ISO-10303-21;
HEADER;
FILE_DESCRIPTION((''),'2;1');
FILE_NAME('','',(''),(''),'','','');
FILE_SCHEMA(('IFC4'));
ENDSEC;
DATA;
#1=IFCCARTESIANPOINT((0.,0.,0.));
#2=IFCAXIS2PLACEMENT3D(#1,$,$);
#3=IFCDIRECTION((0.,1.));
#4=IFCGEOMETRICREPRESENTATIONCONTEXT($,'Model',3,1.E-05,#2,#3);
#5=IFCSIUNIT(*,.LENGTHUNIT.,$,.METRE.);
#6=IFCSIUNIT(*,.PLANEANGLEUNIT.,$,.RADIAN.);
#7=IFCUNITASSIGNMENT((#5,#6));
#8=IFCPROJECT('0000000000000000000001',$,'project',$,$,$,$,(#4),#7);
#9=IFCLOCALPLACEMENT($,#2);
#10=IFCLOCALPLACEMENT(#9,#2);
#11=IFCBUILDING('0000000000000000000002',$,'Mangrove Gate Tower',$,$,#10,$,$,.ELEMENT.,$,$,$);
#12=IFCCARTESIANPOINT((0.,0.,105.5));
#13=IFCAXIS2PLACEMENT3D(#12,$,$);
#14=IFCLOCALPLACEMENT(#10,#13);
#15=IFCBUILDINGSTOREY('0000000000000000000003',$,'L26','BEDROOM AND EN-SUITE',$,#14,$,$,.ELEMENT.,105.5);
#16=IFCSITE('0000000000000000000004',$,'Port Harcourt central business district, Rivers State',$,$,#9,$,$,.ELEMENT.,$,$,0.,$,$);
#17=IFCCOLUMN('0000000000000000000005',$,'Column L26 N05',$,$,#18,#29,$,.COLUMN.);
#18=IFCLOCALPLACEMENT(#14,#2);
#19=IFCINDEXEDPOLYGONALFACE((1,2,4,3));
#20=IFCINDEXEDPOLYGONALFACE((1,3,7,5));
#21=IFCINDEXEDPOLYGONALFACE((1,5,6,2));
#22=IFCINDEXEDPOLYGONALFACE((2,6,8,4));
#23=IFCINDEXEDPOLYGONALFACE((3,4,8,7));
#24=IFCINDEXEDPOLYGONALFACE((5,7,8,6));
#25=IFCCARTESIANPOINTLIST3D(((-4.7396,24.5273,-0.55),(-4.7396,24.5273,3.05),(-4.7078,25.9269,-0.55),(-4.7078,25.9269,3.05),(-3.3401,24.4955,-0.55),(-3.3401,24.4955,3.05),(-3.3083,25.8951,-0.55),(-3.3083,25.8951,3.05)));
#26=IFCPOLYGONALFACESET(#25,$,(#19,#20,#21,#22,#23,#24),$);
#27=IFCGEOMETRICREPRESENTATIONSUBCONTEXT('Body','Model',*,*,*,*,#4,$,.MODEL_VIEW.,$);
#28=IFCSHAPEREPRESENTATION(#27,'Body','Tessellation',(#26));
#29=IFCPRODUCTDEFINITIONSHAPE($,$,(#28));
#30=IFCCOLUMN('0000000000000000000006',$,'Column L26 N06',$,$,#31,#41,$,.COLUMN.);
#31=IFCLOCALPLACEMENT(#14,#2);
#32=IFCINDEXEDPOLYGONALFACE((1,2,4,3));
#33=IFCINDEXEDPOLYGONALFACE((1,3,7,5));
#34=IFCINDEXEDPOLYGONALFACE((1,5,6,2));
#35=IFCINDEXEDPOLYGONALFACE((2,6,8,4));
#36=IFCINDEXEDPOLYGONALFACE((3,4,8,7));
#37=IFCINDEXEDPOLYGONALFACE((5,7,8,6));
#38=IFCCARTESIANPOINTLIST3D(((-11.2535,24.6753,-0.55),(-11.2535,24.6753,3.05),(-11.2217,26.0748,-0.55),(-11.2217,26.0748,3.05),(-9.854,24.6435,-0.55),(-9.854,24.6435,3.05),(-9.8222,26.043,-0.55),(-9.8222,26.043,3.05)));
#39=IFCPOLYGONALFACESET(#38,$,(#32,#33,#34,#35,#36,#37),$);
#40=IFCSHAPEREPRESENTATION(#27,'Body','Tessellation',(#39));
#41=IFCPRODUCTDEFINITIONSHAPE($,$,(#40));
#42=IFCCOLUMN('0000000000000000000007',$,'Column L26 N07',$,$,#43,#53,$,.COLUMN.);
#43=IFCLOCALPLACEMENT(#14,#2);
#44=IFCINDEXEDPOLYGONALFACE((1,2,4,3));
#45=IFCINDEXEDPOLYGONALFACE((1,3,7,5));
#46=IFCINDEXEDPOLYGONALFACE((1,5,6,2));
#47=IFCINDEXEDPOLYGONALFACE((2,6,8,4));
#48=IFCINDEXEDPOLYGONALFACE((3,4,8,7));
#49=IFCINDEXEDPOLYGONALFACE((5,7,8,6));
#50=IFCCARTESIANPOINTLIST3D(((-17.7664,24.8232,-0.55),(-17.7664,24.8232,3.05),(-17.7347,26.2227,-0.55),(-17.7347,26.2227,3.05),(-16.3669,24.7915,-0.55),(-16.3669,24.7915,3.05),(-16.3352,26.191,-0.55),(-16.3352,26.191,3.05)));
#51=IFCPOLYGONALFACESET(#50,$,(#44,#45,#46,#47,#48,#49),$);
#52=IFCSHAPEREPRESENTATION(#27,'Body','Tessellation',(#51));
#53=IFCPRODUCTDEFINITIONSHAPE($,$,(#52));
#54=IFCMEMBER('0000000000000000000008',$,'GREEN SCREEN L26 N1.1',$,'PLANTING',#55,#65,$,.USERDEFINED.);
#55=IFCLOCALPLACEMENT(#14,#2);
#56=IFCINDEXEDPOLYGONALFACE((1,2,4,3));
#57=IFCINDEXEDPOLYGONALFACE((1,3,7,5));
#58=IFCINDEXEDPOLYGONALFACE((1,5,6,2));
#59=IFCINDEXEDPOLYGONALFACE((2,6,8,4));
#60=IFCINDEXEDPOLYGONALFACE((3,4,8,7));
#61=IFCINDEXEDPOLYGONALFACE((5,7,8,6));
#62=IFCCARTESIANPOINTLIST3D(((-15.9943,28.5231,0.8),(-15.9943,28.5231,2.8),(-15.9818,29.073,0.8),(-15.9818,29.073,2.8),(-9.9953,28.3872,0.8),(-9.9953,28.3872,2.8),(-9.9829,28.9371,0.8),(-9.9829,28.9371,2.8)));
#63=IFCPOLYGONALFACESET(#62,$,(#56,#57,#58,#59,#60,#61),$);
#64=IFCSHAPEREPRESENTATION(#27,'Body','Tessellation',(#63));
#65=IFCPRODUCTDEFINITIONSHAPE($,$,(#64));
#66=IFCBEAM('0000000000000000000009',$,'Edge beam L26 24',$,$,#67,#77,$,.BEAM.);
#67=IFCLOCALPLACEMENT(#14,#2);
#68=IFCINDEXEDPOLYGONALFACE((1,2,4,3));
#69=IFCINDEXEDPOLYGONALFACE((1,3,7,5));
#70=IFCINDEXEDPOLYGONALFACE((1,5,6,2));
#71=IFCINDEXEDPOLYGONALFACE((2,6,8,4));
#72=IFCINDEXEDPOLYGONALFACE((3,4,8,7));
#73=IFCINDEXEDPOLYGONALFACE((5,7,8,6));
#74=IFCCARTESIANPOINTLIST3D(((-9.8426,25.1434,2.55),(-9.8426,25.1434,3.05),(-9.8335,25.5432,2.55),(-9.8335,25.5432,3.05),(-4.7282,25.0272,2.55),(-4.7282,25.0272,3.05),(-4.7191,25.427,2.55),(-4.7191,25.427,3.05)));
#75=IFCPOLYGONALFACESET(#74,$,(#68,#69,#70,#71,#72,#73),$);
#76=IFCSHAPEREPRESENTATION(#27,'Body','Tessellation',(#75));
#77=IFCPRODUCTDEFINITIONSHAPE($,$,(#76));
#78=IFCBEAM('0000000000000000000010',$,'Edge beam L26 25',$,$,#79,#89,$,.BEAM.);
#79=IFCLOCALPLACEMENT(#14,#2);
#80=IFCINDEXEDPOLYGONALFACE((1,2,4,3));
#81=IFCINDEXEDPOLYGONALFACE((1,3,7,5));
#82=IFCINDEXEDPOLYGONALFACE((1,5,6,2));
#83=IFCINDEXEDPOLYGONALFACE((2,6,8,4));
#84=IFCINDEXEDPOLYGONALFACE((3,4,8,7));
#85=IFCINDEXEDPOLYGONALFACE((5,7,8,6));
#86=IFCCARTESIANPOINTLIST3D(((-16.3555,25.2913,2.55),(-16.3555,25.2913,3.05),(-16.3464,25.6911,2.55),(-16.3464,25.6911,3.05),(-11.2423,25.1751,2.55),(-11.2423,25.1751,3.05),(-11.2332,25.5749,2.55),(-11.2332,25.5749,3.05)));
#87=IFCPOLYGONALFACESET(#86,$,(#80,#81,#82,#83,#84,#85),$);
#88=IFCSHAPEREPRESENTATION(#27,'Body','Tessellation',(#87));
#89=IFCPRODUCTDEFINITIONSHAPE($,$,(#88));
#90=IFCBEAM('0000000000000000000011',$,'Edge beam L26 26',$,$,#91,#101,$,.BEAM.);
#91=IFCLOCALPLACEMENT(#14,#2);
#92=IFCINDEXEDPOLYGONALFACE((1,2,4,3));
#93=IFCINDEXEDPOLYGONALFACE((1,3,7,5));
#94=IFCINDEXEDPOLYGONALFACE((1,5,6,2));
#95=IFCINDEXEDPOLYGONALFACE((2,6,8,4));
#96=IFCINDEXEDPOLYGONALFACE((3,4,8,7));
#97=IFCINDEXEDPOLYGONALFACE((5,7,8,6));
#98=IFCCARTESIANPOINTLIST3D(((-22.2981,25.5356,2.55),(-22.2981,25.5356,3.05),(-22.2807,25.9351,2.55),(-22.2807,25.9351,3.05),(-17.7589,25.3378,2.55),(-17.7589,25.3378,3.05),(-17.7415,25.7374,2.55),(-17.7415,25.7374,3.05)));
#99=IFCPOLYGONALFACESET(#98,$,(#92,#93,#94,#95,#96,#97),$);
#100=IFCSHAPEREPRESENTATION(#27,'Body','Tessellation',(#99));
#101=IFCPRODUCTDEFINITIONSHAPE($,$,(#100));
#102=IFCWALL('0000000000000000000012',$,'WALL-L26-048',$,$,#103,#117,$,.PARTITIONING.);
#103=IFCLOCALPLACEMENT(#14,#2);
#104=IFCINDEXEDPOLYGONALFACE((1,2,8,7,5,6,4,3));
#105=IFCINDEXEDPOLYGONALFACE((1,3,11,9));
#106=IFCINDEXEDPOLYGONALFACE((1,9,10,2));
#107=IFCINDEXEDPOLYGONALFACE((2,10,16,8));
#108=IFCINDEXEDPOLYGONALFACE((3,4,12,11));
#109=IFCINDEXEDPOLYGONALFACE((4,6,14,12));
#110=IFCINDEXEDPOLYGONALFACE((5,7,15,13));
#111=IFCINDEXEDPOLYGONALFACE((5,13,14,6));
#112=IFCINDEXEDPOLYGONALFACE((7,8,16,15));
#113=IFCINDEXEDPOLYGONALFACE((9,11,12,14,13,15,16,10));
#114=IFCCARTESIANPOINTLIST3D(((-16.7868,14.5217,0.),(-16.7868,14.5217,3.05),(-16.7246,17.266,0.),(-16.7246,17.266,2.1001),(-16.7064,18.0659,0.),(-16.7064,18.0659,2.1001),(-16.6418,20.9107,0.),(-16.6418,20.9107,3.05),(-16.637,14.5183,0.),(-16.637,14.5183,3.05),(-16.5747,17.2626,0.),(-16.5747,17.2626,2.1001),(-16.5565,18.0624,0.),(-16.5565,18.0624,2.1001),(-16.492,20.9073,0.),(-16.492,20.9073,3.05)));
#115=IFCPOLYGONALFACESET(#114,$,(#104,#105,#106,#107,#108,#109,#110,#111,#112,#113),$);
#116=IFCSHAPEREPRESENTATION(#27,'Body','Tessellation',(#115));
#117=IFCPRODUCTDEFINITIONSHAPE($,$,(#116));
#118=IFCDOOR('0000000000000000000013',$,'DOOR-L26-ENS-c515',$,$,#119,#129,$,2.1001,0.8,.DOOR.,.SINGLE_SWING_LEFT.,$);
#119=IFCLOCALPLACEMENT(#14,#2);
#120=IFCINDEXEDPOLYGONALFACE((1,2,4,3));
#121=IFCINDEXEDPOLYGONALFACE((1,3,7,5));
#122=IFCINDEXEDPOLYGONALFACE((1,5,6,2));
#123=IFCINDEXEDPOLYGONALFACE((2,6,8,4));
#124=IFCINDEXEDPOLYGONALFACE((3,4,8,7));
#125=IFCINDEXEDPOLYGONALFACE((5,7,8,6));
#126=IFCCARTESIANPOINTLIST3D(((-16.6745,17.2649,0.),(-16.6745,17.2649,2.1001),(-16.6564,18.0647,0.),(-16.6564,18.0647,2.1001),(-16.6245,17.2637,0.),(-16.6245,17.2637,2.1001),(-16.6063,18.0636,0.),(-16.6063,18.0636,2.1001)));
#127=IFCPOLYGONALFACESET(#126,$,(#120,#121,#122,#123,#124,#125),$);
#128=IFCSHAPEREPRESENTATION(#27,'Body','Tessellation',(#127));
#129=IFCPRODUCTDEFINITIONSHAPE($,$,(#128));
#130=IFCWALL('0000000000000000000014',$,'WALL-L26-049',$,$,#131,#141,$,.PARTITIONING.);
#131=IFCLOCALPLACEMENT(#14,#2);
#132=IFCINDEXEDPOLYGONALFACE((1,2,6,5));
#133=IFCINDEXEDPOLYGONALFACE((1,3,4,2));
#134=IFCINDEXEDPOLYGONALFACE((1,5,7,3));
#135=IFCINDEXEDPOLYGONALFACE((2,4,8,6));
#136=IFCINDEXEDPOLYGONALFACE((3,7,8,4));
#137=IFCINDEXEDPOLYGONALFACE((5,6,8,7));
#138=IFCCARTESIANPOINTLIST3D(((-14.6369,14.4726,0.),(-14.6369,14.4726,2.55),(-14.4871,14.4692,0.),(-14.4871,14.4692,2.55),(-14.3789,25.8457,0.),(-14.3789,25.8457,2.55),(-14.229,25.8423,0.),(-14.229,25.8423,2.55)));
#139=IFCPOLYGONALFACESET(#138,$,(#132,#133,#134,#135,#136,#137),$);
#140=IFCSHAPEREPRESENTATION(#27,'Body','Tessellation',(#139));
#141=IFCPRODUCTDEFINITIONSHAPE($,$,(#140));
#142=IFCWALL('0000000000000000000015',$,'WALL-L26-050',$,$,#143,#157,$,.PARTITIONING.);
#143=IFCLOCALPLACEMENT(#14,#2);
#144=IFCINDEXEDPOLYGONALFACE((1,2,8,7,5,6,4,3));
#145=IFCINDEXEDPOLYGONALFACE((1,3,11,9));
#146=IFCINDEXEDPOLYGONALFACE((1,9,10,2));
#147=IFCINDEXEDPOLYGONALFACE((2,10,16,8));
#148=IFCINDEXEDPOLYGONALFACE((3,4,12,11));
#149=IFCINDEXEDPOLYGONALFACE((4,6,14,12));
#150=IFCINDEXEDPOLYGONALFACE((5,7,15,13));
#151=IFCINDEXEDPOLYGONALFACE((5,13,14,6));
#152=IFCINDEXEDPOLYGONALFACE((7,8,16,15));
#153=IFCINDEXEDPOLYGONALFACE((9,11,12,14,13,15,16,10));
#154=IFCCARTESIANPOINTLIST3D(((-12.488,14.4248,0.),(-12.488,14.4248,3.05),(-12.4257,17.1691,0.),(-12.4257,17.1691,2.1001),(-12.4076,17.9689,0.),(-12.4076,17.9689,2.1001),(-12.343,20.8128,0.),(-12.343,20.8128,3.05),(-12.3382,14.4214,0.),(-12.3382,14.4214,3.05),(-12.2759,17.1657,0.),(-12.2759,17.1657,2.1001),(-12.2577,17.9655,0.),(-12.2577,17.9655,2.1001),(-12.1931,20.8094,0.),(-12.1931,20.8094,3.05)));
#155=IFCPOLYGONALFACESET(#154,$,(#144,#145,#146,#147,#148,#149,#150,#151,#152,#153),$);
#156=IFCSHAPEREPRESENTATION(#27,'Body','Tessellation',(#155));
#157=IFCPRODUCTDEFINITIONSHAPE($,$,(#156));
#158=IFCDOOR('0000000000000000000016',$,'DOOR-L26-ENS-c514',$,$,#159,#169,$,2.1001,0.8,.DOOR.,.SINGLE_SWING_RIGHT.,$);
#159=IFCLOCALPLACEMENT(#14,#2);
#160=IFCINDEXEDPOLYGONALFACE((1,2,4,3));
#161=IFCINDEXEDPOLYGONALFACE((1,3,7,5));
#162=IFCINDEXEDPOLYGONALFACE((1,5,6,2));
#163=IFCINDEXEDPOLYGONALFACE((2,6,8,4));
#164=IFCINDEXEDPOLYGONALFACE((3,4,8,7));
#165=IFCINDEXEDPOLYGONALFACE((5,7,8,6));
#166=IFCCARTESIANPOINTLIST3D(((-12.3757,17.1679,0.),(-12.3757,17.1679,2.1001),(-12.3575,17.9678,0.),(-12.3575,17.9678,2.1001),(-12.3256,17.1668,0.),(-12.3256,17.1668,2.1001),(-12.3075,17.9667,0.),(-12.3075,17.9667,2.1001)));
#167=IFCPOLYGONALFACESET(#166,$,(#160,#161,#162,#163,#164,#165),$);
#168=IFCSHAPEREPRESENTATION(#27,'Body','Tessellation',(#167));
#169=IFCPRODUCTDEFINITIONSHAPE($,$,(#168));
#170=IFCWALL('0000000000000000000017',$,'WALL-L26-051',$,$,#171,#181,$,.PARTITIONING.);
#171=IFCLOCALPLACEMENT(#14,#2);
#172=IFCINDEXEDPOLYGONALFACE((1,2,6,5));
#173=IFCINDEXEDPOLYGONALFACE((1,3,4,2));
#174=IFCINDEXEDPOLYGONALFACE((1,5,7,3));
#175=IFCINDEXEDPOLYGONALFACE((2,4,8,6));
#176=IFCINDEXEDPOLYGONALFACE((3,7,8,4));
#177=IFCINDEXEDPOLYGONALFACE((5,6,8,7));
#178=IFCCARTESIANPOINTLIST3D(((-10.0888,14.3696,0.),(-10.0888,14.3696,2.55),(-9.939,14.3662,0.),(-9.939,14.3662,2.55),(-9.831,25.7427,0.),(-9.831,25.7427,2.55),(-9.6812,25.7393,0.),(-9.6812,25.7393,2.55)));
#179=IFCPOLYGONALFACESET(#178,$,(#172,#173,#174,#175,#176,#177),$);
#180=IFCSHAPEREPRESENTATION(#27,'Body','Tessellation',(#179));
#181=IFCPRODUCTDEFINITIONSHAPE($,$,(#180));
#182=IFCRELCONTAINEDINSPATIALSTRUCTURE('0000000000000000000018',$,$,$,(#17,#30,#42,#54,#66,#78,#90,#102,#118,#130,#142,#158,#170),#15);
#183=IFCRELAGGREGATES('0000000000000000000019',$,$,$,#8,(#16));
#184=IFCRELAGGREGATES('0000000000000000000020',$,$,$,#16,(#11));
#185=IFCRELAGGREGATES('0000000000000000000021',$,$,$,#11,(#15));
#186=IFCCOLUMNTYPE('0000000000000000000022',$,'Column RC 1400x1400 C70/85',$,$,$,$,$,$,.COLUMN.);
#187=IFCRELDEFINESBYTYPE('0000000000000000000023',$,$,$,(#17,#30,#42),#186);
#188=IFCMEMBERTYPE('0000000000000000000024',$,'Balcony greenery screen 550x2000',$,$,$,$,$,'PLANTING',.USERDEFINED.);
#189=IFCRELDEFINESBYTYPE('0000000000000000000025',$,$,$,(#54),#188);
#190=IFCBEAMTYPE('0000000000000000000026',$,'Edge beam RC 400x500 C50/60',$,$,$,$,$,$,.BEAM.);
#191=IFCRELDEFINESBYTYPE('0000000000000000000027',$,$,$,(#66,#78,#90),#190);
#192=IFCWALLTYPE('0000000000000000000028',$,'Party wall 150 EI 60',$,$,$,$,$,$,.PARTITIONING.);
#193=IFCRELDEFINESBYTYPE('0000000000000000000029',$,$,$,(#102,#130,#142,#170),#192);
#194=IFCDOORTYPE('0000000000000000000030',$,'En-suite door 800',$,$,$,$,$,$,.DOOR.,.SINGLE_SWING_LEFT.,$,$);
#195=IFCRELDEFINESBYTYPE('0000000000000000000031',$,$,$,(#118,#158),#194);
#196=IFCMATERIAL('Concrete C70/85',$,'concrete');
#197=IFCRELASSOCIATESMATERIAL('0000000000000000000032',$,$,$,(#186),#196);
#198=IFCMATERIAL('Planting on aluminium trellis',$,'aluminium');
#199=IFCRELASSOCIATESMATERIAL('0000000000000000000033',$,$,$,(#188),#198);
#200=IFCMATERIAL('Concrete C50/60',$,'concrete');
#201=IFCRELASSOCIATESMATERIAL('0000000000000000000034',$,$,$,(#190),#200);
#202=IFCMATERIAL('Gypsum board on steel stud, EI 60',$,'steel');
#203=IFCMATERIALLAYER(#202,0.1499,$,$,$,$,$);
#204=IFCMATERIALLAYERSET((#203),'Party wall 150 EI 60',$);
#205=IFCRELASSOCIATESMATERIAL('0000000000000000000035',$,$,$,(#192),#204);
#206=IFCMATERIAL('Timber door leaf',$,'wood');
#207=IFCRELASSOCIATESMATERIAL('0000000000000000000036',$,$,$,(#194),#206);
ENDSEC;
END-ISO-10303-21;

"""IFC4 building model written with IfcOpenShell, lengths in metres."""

from ifc_helpers import new_model, si_unit, direction, frame, frame_2d, origin, origin_2d, place, context, subcontext, project, spatial, rectangle, extrude, material, layer, layer_set, material_profile, profile_set, type_object, element, fill, save


model = new_model("IFC4")

# Units and contexts
model_context = context("Model", 3, precision=1e-05, world=origin(), true_north=direction((0.0, 1.0)))
body_context = subcontext(model_context, "Body", "Model", "MODEL_VIEW")
ifc_project = project(units=[si_unit("LENGTHUNIT", "METRE"), si_unit("PLANEANGLEUNIT", "RADIAN")], contexts=[model_context])

# Site, building, storey
site_placement = place(None, origin())
site = spatial("IfcSite", under=ifc_project, at=site_placement, Name="Port Harcourt central business district, Rivers State", CompositionType="ELEMENT", RefElevation=0.0)
building_placement = place(site_placement, origin())
building = spatial("IfcBuilding", under=site, at=building_placement, Name="Mangrove Gate Tower", CompositionType="ELEMENT")
storey_placement = place(building_placement, frame((0.0, 0.0, 105.5)))
storey = spatial("IfcBuildingStorey", under=building, at=storey_placement, Name="L26", Description="BEDROOM AND EN-SUITE", CompositionType="ELEMENT", Elevation=105.5)

# Columns
ifc_material_1 = material(Name="Concrete C70/85", Category="concrete")
ifc_material_profile_1 = material_profile(ifc_material_1, rectangle(XDim=1.3999, YDim=1.3999, at=origin_2d()))
ifc_profile_set_1 = profile_set([ifc_material_profile_1], Name="Concrete C70/85")
column_type = type_object("IfcColumnType", Name="Column RC 1400x1400 C70/85", PredefinedType="COLUMN", material=ifc_profile_set_1)
for number, where, z_axis, x_axis, name in (
    (1, (-4.0239, 25.2112, -0.55), (0.0, 0.0, 1.0), (-0.999742, 0.022714, 0.0), "Column L26 N05"),
    (2, (-10.5378, 25.3591, -0.55), (0.0, 0.0, 1.0), (-0.999742, 0.022716, 0.0), "Column L26 N06"),
    (3, (-17.0508, 25.5071, -0.55), (0.0, 0.0, 1.0), (-0.999744, 0.022639, 0.0), "Column L26 N07"),
):
    element("IfcColumn", number, at=place(storey_placement, frame(where, z_axis=z_axis, x_axis=x_axis)), inside=storey, type_object=column_type, Name=name, PredefinedType="COLUMN", context=body_context, shape_type="SweptSolid", body=[
        extrude(rectangle(XDim=1.3999, YDim=1.3999, at=origin_2d()), origin(), (0.0, 0.0, 1.0), 3.6001),
    ])

# Member
ifc_material_2 = material(Name="Planting on aluminium trellis", Category="aluminium")
ifc_material_profile_2 = material_profile(ifc_material_2, rectangle(XDim=0.55, YDim=2.0, at=origin_2d()))
ifc_profile_set_2 = profile_set([ifc_material_profile_2], Name="Planting on aluminium trellis")
member_type = type_object("IfcMemberType", Name="Balcony greenery screen 550x2000", ElementType="PLANTING", PredefinedType="USERDEFINED", material=ifc_profile_set_2)
member_placement = place(storey_placement, frame((-15.988, 28.7981, 1.8), z_axis=(0.999743, -0.022662, 0.0), x_axis=(0.022662, 0.999743, 0.0)))
element("IfcMember", 4, at=member_placement, inside=storey, type_object=member_type, Name="GREEN SCREEN L26 N1.1", ObjectType="PLANTING", PredefinedType="USERDEFINED", context=body_context, shape_type="SweptSolid", body=[
    extrude(rectangle(XDim=0.55, YDim=2.0, at=origin_2d()), origin(), (0.0, 0.0, 1.0), 6.0005),
])

# Beams
ifc_material_3 = material(Name="Concrete C50/60", Category="concrete")
ifc_material_profile_3 = material_profile(ifc_material_3, rectangle(XDim=0.3999, YDim=0.5, at=origin_2d()))
ifc_profile_set_3 = profile_set([ifc_material_profile_3], Name="Concrete C50/60")
beam_type = type_object("IfcBeamType", Name="Edge beam RC 400x500 C50/60", PredefinedType="BEAM", material=ifc_profile_set_3)
beam_1_placement = place(storey_placement, frame((-4.7236, 25.2271, 2.8), z_axis=(-0.999742, 0.022716, 0.0), x_axis=(-0.022716, -0.999742, 0.0)))
element("IfcBeam", 5, at=beam_1_placement, inside=storey, type_object=beam_type, Name="Edge beam L26 24", PredefinedType="BEAM", context=body_context, shape_type="SweptSolid", body=[
    extrude(rectangle(XDim=0.3999, YDim=0.5, at=origin_2d()), origin(), (0.0, 0.0, 1.0), 5.1157),
])
beam_2_placement = place(storey_placement, frame((-11.2378, 25.375, 2.8), z_axis=(-0.999742, 0.022721, 0.0), x_axis=(-0.022721, -0.999742, 0.0)))
element("IfcBeam", 6, at=beam_2_placement, inside=storey, type_object=beam_type, Name="Edge beam L26 25", PredefinedType="BEAM", context=body_context, shape_type="SweptSolid", body=[
    extrude(rectangle(XDim=0.3999, YDim=0.5, at=origin_2d()), origin(), (0.0, 0.0, 1.0), 5.1145),
])
beam_3_placement = place(storey_placement, frame((-17.7502, 25.5376, 2.8), z_axis=(-0.999052, 0.043526, 0.0), x_axis=(-0.043526, -0.999052, 0.0)))
element("IfcBeam", 7, at=beam_3_placement, inside=storey, type_object=beam_type, Name="Edge beam L26 26", PredefinedType="BEAM", context=body_context, shape_type="SweptSolid", body=[
    extrude(rectangle(XDim=0.3999, YDim=0.5, at=origin_2d()), origin(), (0.0, 0.0, 1.0), 4.5435),
])

# Wall, opening, door
ifc_material_4 = material(Name="Gypsum board on steel stud, EI 60", Category="steel")
ifc_layer_1 = layer(ifc_material_4, 0.1499)
ifc_layer_set_1 = layer_set([ifc_layer_1], Name="Party wall 150 EI 60")
wall_type_1 = type_object("IfcWallType", Name="Party wall 150 EI 60", PredefinedType="PARTITIONING", material=ifc_layer_set_1)
wall_1_placement = place(storey_placement, frame((-16.7119, 14.52, 0.0), z_axis=(0.0, 0.0, 1.0), x_axis=(0.022693, 0.999742, 0.0)))
wall_1 = element("IfcWall", 8, at=wall_1_placement, inside=storey, type_object=wall_type_1, Name="WALL-L26-048", PredefinedType="PARTITIONING", context=body_context, shape_type="SweptSolid", body=[
    extrude(rectangle(XDim=6.3906, YDim=0.1499, at=frame_2d((3.1953, 0.0))), origin(), (0.0, 0.0, 1.0), 3.05),
])
opening_1_placement = place(wall_1_placement, frame((2.7451, 0.0, 0.0)))
opening_1 = element("IfcOpeningElement", 9, at=opening_1_placement, cuts=wall_1, PredefinedType="OPENING", context=body_context, shape_type="SweptSolid", body=[
    extrude(rectangle(XDim=0.8, YDim=2.1001, at=frame_2d((0.3999, 1.05))), frame((0.0, 0.085, 0.0), z_axis=(0.0, -1.0, 0.0), x_axis=(1.0, 0.0, 0.0)), (0.0, 0.0, 1.0), 0.1699),
])
ifc_material_5 = material(Name="Timber door leaf", Category="wood")
door_type = type_object("IfcDoorType", Name="En-suite door 800", OperationType="SINGLE_SWING_LEFT", PredefinedType="DOOR", material=ifc_material_5)
door_1_placement = place(opening_1_placement, origin())
door_1 = element("IfcDoor", 10, at=door_1_placement, inside=storey, type_object=door_type, Name="DOOR-L26-ENS-c515", OperationType="SINGLE_SWING_LEFT", OverallHeight=2.1001, OverallWidth=0.8, PredefinedType="DOOR", context=body_context, shape_type="SweptSolid", body=[
    extrude(rectangle(XDim=0.8, YDim=2.1001, at=frame_2d((0.3999, 1.05))), frame((0.0, 0.0249, 0.0), z_axis=(0.0, -1.0, 0.0), x_axis=(1.0, 0.0, 0.0)), (0.0, 0.0, 1.0), 0.05),
])
fill(opening_1, door_1)

# Wall
wall_2_placement = place(storey_placement, frame((-14.562, 14.4709, 0.0), z_axis=(0.0, 0.0, 1.0), x_axis=(0.022684, 0.999743, 0.0)))
element("IfcWall", 11, at=wall_2_placement, inside=storey, type_object=wall_type_1, Name="WALL-L26-049", PredefinedType="PARTITIONING", context=body_context, shape_type="SweptSolid", body=[
    extrude(rectangle(XDim=11.376, YDim=0.1499, at=frame_2d((5.688, 0.0))), origin(), (0.0, 0.0, 1.0), 2.55),
])

# Wall, opening, door
wall_3_placement = place(storey_placement, frame((-12.4131, 14.4231, 0.0), z_axis=(0.0, 0.0, 1.0), x_axis=(0.022696, 0.999742, 0.0)))
wall_3 = element("IfcWall", 12, at=wall_3_placement, inside=storey, type_object=wall_type_1, Name="WALL-L26-050", PredefinedType="PARTITIONING", context=body_context, shape_type="SweptSolid", body=[
    extrude(rectangle(XDim=6.3896, YDim=0.1499, at=frame_2d((3.1948, 0.0))), origin(), (0.0, 0.0, 1.0), 3.05),
])
opening_2_placement = place(wall_3_placement, frame((2.7451, 0.0, 0.0)))
opening_2 = element("IfcOpeningElement", 13, at=opening_2_placement, cuts=wall_3, PredefinedType="OPENING", context=body_context, shape_type="SweptSolid", body=[
    extrude(rectangle(XDim=0.8, YDim=2.1001, at=frame_2d((0.3999, 1.05))), frame((0.0, 0.085, 0.0), z_axis=(0.0, -1.0, 0.0), x_axis=(1.0, 0.0, 0.0)), (0.0, 0.0, 1.0), 0.1699),
])
door_2_placement = place(opening_2_placement, origin())
door_2 = element("IfcDoor", 14, at=door_2_placement, inside=storey, type_object=door_type, Name="DOOR-L26-ENS-c514", OperationType="SINGLE_SWING_RIGHT", OverallHeight=2.1001, OverallWidth=0.8, PredefinedType="DOOR", context=body_context, shape_type="SweptSolid", body=[
    extrude(rectangle(XDim=0.8, YDim=2.1001, at=frame_2d((0.3999, 1.05))), frame((0.0, 0.0249, 0.0), z_axis=(0.0, -1.0, 0.0), x_axis=(1.0, 0.0, 0.0)), (0.0, 0.0, 1.0), 0.05),
])
fill(opening_2, door_2)

# Wall
wall_4_placement = place(storey_placement, frame((-10.0139, 14.3679, 0.0), z_axis=(0.0, 0.0, 1.0), x_axis=(0.022663, 0.999743, 0.0)))
element("IfcWall", 15, at=wall_4_placement, inside=storey, type_object=wall_type_1, Name="WALL-L26-051", PredefinedType="PARTITIONING", context=body_context, shape_type="SweptSolid", body=[
    extrude(rectangle(XDim=11.376, YDim=0.1499, at=frame_2d((5.688, 0.0))), origin(), (0.0, 0.0, 1.0), 2.55),
])

save(model, "model.ifc")
